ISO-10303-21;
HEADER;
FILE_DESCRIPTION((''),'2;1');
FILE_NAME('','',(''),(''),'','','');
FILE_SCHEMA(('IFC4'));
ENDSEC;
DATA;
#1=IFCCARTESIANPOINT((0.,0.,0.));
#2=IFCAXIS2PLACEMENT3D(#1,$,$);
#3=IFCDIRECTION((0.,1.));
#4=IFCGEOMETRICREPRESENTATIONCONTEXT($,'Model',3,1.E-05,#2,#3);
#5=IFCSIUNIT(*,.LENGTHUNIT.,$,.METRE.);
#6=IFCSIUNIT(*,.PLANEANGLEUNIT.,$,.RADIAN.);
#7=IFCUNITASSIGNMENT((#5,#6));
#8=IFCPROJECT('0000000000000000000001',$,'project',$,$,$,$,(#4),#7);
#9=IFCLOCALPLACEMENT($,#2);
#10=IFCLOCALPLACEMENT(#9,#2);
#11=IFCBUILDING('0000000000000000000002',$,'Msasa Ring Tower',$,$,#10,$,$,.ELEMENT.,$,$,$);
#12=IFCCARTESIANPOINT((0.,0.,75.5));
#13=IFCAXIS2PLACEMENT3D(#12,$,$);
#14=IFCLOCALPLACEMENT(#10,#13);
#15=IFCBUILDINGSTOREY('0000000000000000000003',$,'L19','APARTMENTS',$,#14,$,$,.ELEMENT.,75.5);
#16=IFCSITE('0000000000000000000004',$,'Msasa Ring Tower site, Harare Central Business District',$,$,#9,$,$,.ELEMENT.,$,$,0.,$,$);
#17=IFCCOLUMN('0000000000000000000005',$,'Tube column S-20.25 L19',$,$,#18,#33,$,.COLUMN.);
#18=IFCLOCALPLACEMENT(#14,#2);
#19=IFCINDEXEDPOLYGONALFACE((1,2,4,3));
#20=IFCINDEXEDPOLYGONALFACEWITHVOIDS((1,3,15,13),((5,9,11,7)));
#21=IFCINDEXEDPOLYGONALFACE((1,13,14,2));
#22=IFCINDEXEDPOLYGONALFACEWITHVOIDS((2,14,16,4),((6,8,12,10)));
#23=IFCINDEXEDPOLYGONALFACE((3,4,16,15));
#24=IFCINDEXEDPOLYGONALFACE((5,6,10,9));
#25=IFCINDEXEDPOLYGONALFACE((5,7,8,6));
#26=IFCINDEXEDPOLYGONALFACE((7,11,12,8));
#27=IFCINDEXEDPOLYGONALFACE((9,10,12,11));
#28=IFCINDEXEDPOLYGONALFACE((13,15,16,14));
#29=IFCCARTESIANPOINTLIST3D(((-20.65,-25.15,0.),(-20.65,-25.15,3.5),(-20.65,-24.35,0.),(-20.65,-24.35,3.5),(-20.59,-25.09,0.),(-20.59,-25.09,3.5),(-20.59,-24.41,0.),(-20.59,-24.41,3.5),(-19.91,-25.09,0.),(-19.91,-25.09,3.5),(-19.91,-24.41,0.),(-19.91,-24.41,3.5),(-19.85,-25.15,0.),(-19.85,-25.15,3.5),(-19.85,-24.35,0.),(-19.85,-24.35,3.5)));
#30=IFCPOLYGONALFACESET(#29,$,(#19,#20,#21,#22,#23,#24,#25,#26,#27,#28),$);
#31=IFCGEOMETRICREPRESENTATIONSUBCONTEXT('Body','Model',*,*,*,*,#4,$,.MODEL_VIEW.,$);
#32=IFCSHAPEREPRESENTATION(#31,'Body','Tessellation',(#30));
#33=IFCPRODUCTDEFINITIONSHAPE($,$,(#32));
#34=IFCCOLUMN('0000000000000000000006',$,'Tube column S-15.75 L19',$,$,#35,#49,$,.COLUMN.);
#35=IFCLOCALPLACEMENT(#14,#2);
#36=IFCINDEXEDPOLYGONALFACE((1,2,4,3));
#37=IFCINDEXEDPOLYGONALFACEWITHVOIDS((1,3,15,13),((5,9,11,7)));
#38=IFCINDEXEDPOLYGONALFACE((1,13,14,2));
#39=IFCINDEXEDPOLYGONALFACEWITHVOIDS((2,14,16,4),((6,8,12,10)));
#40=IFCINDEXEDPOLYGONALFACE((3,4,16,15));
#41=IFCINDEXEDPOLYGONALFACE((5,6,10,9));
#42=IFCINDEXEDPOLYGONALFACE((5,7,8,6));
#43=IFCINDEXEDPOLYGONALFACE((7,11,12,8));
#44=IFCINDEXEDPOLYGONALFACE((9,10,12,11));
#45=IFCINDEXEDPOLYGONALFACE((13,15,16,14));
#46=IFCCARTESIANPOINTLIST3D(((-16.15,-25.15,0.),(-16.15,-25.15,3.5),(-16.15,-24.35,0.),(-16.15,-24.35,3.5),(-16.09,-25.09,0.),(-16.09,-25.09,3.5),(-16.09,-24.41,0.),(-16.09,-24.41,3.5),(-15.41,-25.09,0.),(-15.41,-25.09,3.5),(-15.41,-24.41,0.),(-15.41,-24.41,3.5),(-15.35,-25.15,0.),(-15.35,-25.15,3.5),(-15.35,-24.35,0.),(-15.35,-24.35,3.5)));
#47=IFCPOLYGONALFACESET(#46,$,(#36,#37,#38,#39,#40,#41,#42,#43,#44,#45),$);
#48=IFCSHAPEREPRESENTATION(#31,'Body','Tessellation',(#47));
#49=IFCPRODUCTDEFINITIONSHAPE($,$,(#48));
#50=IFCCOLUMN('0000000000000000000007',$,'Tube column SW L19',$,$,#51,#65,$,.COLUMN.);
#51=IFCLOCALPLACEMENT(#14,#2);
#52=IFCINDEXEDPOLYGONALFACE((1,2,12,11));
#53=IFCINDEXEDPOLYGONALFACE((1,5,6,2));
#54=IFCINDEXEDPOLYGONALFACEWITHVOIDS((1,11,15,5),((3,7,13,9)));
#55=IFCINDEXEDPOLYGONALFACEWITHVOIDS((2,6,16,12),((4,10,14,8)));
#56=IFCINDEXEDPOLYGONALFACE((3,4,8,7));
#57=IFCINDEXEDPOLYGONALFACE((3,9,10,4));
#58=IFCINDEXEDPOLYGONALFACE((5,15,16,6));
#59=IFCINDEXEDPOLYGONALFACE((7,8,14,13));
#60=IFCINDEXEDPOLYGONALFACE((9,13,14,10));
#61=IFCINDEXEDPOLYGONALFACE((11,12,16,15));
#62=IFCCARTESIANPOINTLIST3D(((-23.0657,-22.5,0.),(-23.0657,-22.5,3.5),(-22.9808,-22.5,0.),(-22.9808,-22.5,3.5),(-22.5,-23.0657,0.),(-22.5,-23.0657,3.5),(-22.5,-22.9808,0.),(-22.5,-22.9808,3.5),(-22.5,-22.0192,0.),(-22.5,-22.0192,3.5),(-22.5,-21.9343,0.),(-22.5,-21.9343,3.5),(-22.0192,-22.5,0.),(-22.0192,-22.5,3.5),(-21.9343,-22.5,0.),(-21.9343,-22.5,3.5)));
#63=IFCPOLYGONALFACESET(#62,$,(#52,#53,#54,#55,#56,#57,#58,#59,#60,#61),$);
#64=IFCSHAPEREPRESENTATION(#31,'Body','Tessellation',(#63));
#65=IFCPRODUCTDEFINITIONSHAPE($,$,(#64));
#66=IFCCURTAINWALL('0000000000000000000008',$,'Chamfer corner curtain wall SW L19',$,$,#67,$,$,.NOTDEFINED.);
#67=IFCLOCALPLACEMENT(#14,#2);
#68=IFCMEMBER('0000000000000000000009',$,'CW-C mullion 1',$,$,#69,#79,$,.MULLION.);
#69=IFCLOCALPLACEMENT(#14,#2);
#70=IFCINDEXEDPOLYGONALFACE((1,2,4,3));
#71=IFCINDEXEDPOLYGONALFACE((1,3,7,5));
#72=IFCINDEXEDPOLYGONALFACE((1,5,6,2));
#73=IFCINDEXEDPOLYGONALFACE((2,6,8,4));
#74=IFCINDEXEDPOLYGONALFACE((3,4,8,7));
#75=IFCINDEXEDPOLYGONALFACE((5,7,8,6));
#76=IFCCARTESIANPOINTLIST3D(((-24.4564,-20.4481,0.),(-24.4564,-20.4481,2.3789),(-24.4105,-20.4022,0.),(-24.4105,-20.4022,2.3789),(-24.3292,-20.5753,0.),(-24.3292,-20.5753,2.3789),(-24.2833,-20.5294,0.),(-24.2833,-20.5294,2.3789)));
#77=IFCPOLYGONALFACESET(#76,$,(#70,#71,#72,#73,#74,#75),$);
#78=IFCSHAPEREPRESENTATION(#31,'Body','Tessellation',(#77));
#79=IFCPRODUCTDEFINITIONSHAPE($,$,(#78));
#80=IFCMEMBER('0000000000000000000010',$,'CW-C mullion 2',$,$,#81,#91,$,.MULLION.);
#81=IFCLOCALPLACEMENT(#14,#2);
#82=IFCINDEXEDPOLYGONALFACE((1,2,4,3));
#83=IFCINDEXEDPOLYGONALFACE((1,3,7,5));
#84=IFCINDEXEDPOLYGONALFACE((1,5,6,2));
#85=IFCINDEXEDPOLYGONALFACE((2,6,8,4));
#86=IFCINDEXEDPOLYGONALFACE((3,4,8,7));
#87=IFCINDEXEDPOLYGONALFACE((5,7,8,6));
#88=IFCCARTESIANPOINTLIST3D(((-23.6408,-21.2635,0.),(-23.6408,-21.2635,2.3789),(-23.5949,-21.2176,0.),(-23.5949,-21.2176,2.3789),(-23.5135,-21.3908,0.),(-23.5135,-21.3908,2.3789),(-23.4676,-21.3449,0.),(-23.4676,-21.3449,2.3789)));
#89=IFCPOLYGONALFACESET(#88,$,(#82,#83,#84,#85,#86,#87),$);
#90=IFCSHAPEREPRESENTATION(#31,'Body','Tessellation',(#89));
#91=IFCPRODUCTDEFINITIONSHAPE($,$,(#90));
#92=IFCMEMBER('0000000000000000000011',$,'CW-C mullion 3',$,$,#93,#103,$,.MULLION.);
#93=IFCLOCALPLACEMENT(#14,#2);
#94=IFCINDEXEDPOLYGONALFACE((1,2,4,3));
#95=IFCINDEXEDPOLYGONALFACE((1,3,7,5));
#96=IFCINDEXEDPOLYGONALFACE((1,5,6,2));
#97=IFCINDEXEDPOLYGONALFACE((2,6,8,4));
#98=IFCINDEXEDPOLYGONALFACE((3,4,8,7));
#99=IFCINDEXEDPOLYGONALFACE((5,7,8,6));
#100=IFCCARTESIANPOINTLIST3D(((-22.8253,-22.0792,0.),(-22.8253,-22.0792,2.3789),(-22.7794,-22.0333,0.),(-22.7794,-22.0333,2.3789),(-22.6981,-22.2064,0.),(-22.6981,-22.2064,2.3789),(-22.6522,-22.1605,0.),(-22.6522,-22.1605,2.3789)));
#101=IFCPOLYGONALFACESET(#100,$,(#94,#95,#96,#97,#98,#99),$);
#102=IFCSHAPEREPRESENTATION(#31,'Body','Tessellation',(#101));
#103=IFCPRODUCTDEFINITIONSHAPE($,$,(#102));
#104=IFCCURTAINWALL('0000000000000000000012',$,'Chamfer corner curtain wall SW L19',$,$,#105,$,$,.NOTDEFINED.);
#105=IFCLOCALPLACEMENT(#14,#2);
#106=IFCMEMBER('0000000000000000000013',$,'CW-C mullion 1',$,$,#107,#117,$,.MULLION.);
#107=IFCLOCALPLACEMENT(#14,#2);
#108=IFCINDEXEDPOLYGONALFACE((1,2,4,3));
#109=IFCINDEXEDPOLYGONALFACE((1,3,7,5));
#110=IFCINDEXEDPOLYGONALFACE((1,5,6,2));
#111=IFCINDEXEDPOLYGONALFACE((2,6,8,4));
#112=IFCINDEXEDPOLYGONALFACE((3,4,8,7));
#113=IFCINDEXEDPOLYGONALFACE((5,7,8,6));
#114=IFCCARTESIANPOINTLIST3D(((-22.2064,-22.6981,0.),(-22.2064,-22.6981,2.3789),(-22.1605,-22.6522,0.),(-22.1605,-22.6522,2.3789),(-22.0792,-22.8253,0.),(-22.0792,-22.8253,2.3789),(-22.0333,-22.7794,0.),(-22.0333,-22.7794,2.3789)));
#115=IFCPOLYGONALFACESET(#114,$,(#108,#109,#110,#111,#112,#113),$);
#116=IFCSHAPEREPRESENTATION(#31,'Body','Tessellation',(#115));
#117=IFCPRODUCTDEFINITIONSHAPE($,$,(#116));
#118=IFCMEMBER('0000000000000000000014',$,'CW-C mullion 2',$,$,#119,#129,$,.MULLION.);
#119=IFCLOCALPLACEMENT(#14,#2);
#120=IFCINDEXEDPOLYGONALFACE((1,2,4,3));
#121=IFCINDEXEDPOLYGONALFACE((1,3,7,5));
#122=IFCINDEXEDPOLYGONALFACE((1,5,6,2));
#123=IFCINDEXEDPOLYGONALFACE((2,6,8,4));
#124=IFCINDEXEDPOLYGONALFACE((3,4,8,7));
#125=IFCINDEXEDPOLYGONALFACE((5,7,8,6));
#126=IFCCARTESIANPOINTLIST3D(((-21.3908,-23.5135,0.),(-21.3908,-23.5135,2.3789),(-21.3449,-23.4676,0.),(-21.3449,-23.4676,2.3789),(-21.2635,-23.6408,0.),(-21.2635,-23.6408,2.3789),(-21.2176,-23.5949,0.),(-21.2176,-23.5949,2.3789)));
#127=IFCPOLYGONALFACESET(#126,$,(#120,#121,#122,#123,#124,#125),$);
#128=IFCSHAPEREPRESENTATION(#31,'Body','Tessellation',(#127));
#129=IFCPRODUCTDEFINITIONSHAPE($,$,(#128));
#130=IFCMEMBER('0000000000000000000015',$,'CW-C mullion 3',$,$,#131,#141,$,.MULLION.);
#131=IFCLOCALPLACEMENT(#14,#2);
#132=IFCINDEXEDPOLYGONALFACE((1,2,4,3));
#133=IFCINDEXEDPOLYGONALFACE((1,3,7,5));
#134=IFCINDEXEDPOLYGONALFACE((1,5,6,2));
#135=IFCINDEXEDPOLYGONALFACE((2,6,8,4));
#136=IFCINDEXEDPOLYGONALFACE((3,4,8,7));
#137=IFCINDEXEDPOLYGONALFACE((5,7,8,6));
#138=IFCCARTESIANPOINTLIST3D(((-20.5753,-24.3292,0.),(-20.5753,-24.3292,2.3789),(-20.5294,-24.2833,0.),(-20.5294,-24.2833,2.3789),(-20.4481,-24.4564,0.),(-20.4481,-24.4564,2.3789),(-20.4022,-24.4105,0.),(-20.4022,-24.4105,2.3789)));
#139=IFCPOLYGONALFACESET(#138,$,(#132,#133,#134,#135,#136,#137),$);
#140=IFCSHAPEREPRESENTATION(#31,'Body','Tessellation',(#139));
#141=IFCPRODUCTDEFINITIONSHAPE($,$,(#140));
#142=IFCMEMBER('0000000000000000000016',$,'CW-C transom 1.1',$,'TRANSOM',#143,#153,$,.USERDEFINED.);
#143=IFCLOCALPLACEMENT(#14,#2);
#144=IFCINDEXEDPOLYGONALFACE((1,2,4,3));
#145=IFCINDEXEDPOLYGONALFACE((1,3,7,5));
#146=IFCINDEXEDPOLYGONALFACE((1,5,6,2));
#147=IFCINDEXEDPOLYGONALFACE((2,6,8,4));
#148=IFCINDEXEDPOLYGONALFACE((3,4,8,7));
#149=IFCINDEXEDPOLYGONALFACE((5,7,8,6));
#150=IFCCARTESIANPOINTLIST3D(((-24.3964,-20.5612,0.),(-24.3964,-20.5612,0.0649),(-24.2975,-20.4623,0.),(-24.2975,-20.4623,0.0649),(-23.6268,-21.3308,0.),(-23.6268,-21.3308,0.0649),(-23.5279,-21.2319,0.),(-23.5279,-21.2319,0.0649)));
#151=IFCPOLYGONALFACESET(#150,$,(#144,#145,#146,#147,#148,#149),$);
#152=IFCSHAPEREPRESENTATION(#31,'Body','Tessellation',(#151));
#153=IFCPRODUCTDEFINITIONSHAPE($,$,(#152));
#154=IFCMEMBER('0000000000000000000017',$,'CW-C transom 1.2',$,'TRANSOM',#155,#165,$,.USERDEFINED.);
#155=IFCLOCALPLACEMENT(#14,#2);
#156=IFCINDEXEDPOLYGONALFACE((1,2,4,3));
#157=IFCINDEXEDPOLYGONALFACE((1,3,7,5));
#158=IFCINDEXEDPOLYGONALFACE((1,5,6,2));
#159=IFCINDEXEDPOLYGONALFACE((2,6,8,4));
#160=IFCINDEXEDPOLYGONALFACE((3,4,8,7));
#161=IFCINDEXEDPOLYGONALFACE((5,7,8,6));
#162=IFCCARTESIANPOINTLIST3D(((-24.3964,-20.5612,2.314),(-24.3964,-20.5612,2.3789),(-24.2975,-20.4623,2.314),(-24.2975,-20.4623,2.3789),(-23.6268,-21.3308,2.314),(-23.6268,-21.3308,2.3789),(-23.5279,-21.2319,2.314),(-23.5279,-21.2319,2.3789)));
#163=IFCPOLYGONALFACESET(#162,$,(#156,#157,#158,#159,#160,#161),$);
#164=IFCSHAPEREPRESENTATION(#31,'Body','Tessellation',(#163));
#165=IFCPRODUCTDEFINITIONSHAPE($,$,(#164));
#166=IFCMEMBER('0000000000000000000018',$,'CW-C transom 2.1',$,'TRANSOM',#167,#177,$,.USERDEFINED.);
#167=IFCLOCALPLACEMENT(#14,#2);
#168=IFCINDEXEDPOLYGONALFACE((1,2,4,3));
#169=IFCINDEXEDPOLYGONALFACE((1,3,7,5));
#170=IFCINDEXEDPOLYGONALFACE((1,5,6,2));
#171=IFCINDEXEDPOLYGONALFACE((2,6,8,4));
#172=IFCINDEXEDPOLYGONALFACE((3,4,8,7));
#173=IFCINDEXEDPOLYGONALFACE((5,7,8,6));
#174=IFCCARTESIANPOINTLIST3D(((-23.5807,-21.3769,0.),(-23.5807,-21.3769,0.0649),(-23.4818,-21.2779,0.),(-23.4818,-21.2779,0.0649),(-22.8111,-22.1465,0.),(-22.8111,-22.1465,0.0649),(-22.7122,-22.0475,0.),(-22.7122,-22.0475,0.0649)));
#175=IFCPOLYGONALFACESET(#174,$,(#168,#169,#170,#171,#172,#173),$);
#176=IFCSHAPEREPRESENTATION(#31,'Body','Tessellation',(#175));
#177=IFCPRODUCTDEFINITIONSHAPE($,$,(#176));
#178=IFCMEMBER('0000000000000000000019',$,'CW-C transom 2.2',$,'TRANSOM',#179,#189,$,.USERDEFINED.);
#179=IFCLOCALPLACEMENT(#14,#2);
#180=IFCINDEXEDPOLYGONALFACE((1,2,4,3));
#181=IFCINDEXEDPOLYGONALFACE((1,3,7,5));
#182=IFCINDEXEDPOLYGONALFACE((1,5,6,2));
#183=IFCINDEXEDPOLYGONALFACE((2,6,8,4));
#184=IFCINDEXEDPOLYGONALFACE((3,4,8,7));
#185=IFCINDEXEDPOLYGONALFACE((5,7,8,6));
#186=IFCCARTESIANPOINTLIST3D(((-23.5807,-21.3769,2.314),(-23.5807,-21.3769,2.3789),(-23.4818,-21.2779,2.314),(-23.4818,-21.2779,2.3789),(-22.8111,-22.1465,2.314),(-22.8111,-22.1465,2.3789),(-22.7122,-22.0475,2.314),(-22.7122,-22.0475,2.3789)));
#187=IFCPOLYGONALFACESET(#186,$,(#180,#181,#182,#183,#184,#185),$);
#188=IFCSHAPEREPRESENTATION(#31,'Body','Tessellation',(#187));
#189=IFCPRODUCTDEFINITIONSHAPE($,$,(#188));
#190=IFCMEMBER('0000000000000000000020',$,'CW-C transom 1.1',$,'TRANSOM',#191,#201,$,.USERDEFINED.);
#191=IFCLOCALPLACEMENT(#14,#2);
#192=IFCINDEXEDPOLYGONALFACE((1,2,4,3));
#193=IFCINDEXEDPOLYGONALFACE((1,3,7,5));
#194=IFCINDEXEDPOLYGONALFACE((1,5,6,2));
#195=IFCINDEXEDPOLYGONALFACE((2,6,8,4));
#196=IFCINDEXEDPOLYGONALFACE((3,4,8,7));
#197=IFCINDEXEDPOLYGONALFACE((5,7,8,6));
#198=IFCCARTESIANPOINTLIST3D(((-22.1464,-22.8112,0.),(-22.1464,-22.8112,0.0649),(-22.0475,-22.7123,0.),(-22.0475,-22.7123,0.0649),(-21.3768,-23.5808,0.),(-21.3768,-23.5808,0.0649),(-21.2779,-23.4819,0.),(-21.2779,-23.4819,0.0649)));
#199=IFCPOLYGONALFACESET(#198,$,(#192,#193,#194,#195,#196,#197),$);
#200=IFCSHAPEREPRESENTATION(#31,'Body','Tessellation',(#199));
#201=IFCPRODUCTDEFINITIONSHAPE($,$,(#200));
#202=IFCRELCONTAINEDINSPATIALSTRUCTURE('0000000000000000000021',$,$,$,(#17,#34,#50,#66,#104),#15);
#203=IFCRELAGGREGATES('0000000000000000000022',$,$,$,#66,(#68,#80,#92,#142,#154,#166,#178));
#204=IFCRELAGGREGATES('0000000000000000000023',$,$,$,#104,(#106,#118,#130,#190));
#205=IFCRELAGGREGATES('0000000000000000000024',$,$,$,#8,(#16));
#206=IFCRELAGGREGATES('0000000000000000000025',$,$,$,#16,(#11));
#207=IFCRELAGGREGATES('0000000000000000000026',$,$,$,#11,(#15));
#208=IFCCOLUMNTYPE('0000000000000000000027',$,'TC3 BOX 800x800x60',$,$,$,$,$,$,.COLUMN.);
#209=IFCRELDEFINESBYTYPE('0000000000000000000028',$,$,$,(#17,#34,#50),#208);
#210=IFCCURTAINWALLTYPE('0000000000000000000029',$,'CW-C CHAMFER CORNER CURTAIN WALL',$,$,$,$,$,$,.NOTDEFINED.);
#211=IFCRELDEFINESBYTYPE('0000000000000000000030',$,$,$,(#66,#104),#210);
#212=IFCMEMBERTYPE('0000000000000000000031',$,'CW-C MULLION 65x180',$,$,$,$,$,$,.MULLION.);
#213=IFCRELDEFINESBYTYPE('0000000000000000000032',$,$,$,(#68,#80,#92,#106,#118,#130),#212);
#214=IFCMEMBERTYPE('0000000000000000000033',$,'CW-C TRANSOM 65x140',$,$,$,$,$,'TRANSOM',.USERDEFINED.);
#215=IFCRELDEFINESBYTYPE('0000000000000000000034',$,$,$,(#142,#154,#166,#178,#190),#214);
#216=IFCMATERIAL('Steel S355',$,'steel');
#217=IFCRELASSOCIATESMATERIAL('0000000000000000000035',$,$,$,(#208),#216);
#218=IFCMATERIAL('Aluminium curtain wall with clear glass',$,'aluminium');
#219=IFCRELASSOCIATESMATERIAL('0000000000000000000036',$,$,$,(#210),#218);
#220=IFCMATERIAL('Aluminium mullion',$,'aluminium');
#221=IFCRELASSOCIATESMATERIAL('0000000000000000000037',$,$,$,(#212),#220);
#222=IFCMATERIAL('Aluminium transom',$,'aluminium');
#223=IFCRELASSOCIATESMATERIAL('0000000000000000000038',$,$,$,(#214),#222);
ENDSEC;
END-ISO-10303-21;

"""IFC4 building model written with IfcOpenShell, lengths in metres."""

from ifc_helpers import new_model, si_unit, direction, frame, origin, origin_2d, place, context, subcontext, project, spatial, rectangle, hollow_rectangle, extrude, material, material_profile, profile_set, type_object, element, aggregate, save


model = new_model("IFC4")

# Units and contexts
model_context = context("Model", 3, precision=1e-05, world=origin(), true_north=direction((0.0, 1.0)))
body_context = subcontext(model_context, "Body", "Model", "MODEL_VIEW")
ifc_project = project(units=[si_unit("LENGTHUNIT", "METRE"), si_unit("PLANEANGLEUNIT", "RADIAN")], contexts=[model_context])

# Site, building, storey
site_placement = place(None, origin())
site = spatial("IfcSite", under=ifc_project, at=site_placement, Name="Msasa Ring Tower site, Harare Central Business District", CompositionType="ELEMENT", RefElevation=0.0)
building_placement = place(site_placement, origin())
building = spatial("IfcBuilding", under=site, at=building_placement, Name="Msasa Ring Tower", CompositionType="ELEMENT")
storey_placement = place(building_placement, frame((0.0, 0.0, 75.5)))
storey = spatial("IfcBuildingStorey", under=building, at=storey_placement, Name="L19", Description="APARTMENTS", CompositionType="ELEMENT", Elevation=75.5)

# Columns
ifc_material_1 = material(Name="Steel S355", Category="steel")
ifc_material_profile_1 = material_profile(ifc_material_1, hollow_rectangle(XDim=0.8, YDim=0.8, WallThickness=0.0601, at=origin_2d()), Name="BOX 800x800x60")
ifc_profile_set_1 = profile_set([ifc_material_profile_1], Name="Steel S355")
column_type = type_object("IfcColumnType", Name="TC3 BOX 800x800x60", PredefinedType="COLUMN", material=ifc_profile_set_1)
for number, where, z_axis, x_axis, name in (
    (1, (-20.25, -24.75, 0.0), (0.0, 0.0, 1.0), (0.0, 1.0, 0.0), "Tube column S-20.25 L19"),
    (2, (-15.75, -24.75, 0.0), (0.0, 0.0, 1.0), (0.0, 1.0, 0.0), "Tube column S-15.75 L19"),
    (3, (-22.5, -22.5, 0.0), (0.0, 0.0, 1.0), (0.707107, 0.707107, 0.0), "Tube column SW L19"),
):
    element("IfcColumn", number, at=place(storey_placement, frame(where, z_axis=z_axis, x_axis=x_axis)), inside=storey, type_object=column_type, Name=name, PredefinedType="COLUMN", context=body_context, shape_type="SweptSolid", body=[
        extrude(hollow_rectangle(XDim=0.8, YDim=0.8, WallThickness=0.0601, at=origin_2d()), origin(), (0.0, 0.0, 1.0), 3.5),
    ])

# Curtain walls, members
ifc_material_2 = material(Name="Aluminium curtain wall with clear glass", Category="aluminium")
curtain_wall_type = type_object("IfcCurtainWallType", Name="CW-C CHAMFER CORNER CURTAIN WALL", PredefinedType="NOTDEFINED", material=ifc_material_2)
curtain_wall_1_placement = place(storey_placement, origin())
curtain_wall_1 = element("IfcCurtainWall", 4, at=curtain_wall_1_placement, inside=storey, type_object=curtain_wall_type, Name="Chamfer corner curtain wall SW L19", PredefinedType="NOTDEFINED")
ifc_material_3 = material(Name="Aluminium mullion", Category="aluminium")
ifc_material_profile_2 = material_profile(ifc_material_3, rectangle(XDim=0.0649, YDim=0.1799, at=origin_2d()), Name="AL 65x180")
ifc_profile_set_2 = profile_set([ifc_material_profile_2], Name="Aluminium mullion")
member_type_1 = type_object("IfcMemberType", Name="CW-C MULLION 65x180", PredefinedType="MULLION", material=ifc_profile_set_2)
member_1_placement = place(storey_placement, frame((-24.3699, -20.4888, 0.0), z_axis=(0.0, 0.0, 1.0), x_axis=(0.707107, 0.707107, 0.0)))
member_1 = element("IfcMember", 5, at=member_1_placement, type_object=member_type_1, Name="CW-C mullion 1", PredefinedType="MULLION", context=body_context, shape_type="SweptSolid", body=[
    extrude(rectangle(XDim=0.0649, YDim=0.1799, at=origin_2d()), origin(), (0.0, 0.0, 1.0), 2.3789),
])
member_2_placement = place(storey_placement, frame((-23.5542, -21.3042, 0.0), z_axis=(0.0, 0.0, 1.0), x_axis=(0.707107, 0.707107, 0.0)))
member_2 = element("IfcMember", 6, at=member_2_placement, type_object=member_type_1, Name="CW-C mullion 2", PredefinedType="MULLION", context=body_context, shape_type="SweptSolid", body=[
    extrude(rectangle(XDim=0.0649, YDim=0.1799, at=origin_2d()), origin(), (0.0, 0.0, 1.0), 2.3789),
])
member_3_placement = place(storey_placement, frame((-22.7388, -22.1199, 0.0), z_axis=(0.0, 0.0, 1.0), x_axis=(0.707107, 0.707107, 0.0)))
member_3 = element("IfcMember", 7, at=member_3_placement, type_object=member_type_1, Name="CW-C mullion 3", PredefinedType="MULLION", context=body_context, shape_type="SweptSolid", body=[
    extrude(rectangle(XDim=0.0649, YDim=0.1799, at=origin_2d()), origin(), (0.0, 0.0, 1.0), 2.3789),
])
curtain_wall_2_placement = place(storey_placement, origin())
curtain_wall_2 = element("IfcCurtainWall", 8, at=curtain_wall_2_placement, inside=storey, type_object=curtain_wall_type, Name="Chamfer corner curtain wall SW L19", PredefinedType="NOTDEFINED")
member_4_placement = place(storey_placement, frame((-22.1199, -22.7388, 0.0), z_axis=(0.0, 0.0, 1.0), x_axis=(0.707107, 0.707107, 0.0)))
member_4 = element("IfcMember", 9, at=member_4_placement, type_object=member_type_1, Name="CW-C mullion 1", PredefinedType="MULLION", context=body_context, shape_type="SweptSolid", body=[
    extrude(rectangle(XDim=0.0649, YDim=0.1799, at=origin_2d()), origin(), (0.0, 0.0, 1.0), 2.3789),
])
member_5_placement = place(storey_placement, frame((-21.3042, -23.5542, 0.0), z_axis=(0.0, 0.0, 1.0), x_axis=(0.707107, 0.707107, 0.0)))
member_5 = element("IfcMember", 10, at=member_5_placement, type_object=member_type_1, Name="CW-C mullion 2", PredefinedType="MULLION", context=body_context, shape_type="SweptSolid", body=[
    extrude(rectangle(XDim=0.0649, YDim=0.1799, at=origin_2d()), origin(), (0.0, 0.0, 1.0), 2.3789),
])
member_6_placement = place(storey_placement, frame((-20.4888, -24.3699, 0.0), z_axis=(0.0, 0.0, 1.0), x_axis=(0.707107, 0.707107, 0.0)))
member_6 = element("IfcMember", 11, at=member_6_placement, type_object=member_type_1, Name="CW-C mullion 3", PredefinedType="MULLION", context=body_context, shape_type="SweptSolid", body=[
    extrude(rectangle(XDim=0.0649, YDim=0.1799, at=origin_2d()), origin(), (0.0, 0.0, 1.0), 2.3789),
])

# Members
ifc_material_4 = material(Name="Aluminium transom", Category="aluminium")
ifc_material_profile_3 = material_profile(ifc_material_4, rectangle(XDim=0.1399, YDim=0.0649, at=origin_2d()), Name="AL 65x140")
ifc_profile_set_3 = profile_set([ifc_material_profile_3], Name="Aluminium transom")
member_type_2 = type_object("IfcMemberType", Name="CW-C TRANSOM 65x140", ElementType="TRANSOM", PredefinedType="USERDEFINED", material=ifc_profile_set_3)
member_7_placement = place(storey_placement, frame((-24.3469, -20.5117, 0.0325), z_axis=(0.707107, -0.707107, 0.0), x_axis=(0.707107, 0.707107, 0.0)))
member_7 = element("IfcMember", 12, at=member_7_placement, type_object=member_type_2, Name="CW-C transom 1.1", ObjectType="TRANSOM", PredefinedType="USERDEFINED", context=body_context, shape_type="SweptSolid", body=[
    extrude(rectangle(XDim=0.1399, YDim=0.0649, at=origin_2d()), origin(), (0.0, 0.0, 1.0), 1.0884),
])
member_8_placement = place(storey_placement, frame((-24.3469, -20.5117, 2.3464), z_axis=(0.707107, -0.707107, 0.0), x_axis=(0.707107, 0.707107, 0.0)))
member_8 = element("IfcMember", 13, at=member_8_placement, type_object=member_type_2, Name="CW-C transom 1.2", ObjectType="TRANSOM", PredefinedType="USERDEFINED", context=body_context, shape_type="SweptSolid", body=[
    extrude(rectangle(XDim=0.1399, YDim=0.0649, at=origin_2d()), origin(), (0.0, 0.0, 1.0), 1.0884),
])
member_9_placement = place(storey_placement, frame((-23.5312, -21.3274, 0.0325), z_axis=(0.707107, -0.707107, 0.0), x_axis=(0.707107, 0.707107, 0.0)))
member_9 = element("IfcMember", 14, at=member_9_placement, type_object=member_type_2, Name="CW-C transom 2.1", ObjectType="TRANSOM", PredefinedType="USERDEFINED", context=body_context, shape_type="SweptSolid", body=[
    extrude(rectangle(XDim=0.1399, YDim=0.0649, at=origin_2d()), origin(), (0.0, 0.0, 1.0), 1.0884),
])
member_10_placement = place(storey_placement, frame((-23.5312, -21.3274, 2.3464), z_axis=(0.707107, -0.707107, 0.0), x_axis=(0.707107, 0.707107, 0.0)))
member_10 = element("IfcMember", 15, at=member_10_placement, type_object=member_type_2, Name="CW-C transom 2.2", ObjectType="TRANSOM", PredefinedType="USERDEFINED", context=body_context, shape_type="SweptSolid", body=[
    extrude(rectangle(XDim=0.1399, YDim=0.0649, at=origin_2d()), origin(), (0.0, 0.0, 1.0), 1.0884),
])
member_11_placement = place(storey_placement, frame((-22.0969, -22.7617, 0.0325), z_axis=(0.707107, -0.707107, 0.0), x_axis=(0.707107, 0.707107, 0.0)))
member_11 = element("IfcMember", 16, at=member_11_placement, type_object=member_type_2, Name="CW-C transom 1.1", ObjectType="TRANSOM", PredefinedType="USERDEFINED", context=body_context, shape_type="SweptSolid", body=[
    extrude(rectangle(XDim=0.1399, YDim=0.0649, at=origin_2d()), origin(), (0.0, 0.0, 1.0), 1.0884),
])

aggregate(curtain_wall_1, [member_1, member_2, member_3, member_7, member_8, member_9, member_10])
aggregate(curtain_wall_2, [member_4, member_5, member_6, member_11])

save(model, "model.ifc")
